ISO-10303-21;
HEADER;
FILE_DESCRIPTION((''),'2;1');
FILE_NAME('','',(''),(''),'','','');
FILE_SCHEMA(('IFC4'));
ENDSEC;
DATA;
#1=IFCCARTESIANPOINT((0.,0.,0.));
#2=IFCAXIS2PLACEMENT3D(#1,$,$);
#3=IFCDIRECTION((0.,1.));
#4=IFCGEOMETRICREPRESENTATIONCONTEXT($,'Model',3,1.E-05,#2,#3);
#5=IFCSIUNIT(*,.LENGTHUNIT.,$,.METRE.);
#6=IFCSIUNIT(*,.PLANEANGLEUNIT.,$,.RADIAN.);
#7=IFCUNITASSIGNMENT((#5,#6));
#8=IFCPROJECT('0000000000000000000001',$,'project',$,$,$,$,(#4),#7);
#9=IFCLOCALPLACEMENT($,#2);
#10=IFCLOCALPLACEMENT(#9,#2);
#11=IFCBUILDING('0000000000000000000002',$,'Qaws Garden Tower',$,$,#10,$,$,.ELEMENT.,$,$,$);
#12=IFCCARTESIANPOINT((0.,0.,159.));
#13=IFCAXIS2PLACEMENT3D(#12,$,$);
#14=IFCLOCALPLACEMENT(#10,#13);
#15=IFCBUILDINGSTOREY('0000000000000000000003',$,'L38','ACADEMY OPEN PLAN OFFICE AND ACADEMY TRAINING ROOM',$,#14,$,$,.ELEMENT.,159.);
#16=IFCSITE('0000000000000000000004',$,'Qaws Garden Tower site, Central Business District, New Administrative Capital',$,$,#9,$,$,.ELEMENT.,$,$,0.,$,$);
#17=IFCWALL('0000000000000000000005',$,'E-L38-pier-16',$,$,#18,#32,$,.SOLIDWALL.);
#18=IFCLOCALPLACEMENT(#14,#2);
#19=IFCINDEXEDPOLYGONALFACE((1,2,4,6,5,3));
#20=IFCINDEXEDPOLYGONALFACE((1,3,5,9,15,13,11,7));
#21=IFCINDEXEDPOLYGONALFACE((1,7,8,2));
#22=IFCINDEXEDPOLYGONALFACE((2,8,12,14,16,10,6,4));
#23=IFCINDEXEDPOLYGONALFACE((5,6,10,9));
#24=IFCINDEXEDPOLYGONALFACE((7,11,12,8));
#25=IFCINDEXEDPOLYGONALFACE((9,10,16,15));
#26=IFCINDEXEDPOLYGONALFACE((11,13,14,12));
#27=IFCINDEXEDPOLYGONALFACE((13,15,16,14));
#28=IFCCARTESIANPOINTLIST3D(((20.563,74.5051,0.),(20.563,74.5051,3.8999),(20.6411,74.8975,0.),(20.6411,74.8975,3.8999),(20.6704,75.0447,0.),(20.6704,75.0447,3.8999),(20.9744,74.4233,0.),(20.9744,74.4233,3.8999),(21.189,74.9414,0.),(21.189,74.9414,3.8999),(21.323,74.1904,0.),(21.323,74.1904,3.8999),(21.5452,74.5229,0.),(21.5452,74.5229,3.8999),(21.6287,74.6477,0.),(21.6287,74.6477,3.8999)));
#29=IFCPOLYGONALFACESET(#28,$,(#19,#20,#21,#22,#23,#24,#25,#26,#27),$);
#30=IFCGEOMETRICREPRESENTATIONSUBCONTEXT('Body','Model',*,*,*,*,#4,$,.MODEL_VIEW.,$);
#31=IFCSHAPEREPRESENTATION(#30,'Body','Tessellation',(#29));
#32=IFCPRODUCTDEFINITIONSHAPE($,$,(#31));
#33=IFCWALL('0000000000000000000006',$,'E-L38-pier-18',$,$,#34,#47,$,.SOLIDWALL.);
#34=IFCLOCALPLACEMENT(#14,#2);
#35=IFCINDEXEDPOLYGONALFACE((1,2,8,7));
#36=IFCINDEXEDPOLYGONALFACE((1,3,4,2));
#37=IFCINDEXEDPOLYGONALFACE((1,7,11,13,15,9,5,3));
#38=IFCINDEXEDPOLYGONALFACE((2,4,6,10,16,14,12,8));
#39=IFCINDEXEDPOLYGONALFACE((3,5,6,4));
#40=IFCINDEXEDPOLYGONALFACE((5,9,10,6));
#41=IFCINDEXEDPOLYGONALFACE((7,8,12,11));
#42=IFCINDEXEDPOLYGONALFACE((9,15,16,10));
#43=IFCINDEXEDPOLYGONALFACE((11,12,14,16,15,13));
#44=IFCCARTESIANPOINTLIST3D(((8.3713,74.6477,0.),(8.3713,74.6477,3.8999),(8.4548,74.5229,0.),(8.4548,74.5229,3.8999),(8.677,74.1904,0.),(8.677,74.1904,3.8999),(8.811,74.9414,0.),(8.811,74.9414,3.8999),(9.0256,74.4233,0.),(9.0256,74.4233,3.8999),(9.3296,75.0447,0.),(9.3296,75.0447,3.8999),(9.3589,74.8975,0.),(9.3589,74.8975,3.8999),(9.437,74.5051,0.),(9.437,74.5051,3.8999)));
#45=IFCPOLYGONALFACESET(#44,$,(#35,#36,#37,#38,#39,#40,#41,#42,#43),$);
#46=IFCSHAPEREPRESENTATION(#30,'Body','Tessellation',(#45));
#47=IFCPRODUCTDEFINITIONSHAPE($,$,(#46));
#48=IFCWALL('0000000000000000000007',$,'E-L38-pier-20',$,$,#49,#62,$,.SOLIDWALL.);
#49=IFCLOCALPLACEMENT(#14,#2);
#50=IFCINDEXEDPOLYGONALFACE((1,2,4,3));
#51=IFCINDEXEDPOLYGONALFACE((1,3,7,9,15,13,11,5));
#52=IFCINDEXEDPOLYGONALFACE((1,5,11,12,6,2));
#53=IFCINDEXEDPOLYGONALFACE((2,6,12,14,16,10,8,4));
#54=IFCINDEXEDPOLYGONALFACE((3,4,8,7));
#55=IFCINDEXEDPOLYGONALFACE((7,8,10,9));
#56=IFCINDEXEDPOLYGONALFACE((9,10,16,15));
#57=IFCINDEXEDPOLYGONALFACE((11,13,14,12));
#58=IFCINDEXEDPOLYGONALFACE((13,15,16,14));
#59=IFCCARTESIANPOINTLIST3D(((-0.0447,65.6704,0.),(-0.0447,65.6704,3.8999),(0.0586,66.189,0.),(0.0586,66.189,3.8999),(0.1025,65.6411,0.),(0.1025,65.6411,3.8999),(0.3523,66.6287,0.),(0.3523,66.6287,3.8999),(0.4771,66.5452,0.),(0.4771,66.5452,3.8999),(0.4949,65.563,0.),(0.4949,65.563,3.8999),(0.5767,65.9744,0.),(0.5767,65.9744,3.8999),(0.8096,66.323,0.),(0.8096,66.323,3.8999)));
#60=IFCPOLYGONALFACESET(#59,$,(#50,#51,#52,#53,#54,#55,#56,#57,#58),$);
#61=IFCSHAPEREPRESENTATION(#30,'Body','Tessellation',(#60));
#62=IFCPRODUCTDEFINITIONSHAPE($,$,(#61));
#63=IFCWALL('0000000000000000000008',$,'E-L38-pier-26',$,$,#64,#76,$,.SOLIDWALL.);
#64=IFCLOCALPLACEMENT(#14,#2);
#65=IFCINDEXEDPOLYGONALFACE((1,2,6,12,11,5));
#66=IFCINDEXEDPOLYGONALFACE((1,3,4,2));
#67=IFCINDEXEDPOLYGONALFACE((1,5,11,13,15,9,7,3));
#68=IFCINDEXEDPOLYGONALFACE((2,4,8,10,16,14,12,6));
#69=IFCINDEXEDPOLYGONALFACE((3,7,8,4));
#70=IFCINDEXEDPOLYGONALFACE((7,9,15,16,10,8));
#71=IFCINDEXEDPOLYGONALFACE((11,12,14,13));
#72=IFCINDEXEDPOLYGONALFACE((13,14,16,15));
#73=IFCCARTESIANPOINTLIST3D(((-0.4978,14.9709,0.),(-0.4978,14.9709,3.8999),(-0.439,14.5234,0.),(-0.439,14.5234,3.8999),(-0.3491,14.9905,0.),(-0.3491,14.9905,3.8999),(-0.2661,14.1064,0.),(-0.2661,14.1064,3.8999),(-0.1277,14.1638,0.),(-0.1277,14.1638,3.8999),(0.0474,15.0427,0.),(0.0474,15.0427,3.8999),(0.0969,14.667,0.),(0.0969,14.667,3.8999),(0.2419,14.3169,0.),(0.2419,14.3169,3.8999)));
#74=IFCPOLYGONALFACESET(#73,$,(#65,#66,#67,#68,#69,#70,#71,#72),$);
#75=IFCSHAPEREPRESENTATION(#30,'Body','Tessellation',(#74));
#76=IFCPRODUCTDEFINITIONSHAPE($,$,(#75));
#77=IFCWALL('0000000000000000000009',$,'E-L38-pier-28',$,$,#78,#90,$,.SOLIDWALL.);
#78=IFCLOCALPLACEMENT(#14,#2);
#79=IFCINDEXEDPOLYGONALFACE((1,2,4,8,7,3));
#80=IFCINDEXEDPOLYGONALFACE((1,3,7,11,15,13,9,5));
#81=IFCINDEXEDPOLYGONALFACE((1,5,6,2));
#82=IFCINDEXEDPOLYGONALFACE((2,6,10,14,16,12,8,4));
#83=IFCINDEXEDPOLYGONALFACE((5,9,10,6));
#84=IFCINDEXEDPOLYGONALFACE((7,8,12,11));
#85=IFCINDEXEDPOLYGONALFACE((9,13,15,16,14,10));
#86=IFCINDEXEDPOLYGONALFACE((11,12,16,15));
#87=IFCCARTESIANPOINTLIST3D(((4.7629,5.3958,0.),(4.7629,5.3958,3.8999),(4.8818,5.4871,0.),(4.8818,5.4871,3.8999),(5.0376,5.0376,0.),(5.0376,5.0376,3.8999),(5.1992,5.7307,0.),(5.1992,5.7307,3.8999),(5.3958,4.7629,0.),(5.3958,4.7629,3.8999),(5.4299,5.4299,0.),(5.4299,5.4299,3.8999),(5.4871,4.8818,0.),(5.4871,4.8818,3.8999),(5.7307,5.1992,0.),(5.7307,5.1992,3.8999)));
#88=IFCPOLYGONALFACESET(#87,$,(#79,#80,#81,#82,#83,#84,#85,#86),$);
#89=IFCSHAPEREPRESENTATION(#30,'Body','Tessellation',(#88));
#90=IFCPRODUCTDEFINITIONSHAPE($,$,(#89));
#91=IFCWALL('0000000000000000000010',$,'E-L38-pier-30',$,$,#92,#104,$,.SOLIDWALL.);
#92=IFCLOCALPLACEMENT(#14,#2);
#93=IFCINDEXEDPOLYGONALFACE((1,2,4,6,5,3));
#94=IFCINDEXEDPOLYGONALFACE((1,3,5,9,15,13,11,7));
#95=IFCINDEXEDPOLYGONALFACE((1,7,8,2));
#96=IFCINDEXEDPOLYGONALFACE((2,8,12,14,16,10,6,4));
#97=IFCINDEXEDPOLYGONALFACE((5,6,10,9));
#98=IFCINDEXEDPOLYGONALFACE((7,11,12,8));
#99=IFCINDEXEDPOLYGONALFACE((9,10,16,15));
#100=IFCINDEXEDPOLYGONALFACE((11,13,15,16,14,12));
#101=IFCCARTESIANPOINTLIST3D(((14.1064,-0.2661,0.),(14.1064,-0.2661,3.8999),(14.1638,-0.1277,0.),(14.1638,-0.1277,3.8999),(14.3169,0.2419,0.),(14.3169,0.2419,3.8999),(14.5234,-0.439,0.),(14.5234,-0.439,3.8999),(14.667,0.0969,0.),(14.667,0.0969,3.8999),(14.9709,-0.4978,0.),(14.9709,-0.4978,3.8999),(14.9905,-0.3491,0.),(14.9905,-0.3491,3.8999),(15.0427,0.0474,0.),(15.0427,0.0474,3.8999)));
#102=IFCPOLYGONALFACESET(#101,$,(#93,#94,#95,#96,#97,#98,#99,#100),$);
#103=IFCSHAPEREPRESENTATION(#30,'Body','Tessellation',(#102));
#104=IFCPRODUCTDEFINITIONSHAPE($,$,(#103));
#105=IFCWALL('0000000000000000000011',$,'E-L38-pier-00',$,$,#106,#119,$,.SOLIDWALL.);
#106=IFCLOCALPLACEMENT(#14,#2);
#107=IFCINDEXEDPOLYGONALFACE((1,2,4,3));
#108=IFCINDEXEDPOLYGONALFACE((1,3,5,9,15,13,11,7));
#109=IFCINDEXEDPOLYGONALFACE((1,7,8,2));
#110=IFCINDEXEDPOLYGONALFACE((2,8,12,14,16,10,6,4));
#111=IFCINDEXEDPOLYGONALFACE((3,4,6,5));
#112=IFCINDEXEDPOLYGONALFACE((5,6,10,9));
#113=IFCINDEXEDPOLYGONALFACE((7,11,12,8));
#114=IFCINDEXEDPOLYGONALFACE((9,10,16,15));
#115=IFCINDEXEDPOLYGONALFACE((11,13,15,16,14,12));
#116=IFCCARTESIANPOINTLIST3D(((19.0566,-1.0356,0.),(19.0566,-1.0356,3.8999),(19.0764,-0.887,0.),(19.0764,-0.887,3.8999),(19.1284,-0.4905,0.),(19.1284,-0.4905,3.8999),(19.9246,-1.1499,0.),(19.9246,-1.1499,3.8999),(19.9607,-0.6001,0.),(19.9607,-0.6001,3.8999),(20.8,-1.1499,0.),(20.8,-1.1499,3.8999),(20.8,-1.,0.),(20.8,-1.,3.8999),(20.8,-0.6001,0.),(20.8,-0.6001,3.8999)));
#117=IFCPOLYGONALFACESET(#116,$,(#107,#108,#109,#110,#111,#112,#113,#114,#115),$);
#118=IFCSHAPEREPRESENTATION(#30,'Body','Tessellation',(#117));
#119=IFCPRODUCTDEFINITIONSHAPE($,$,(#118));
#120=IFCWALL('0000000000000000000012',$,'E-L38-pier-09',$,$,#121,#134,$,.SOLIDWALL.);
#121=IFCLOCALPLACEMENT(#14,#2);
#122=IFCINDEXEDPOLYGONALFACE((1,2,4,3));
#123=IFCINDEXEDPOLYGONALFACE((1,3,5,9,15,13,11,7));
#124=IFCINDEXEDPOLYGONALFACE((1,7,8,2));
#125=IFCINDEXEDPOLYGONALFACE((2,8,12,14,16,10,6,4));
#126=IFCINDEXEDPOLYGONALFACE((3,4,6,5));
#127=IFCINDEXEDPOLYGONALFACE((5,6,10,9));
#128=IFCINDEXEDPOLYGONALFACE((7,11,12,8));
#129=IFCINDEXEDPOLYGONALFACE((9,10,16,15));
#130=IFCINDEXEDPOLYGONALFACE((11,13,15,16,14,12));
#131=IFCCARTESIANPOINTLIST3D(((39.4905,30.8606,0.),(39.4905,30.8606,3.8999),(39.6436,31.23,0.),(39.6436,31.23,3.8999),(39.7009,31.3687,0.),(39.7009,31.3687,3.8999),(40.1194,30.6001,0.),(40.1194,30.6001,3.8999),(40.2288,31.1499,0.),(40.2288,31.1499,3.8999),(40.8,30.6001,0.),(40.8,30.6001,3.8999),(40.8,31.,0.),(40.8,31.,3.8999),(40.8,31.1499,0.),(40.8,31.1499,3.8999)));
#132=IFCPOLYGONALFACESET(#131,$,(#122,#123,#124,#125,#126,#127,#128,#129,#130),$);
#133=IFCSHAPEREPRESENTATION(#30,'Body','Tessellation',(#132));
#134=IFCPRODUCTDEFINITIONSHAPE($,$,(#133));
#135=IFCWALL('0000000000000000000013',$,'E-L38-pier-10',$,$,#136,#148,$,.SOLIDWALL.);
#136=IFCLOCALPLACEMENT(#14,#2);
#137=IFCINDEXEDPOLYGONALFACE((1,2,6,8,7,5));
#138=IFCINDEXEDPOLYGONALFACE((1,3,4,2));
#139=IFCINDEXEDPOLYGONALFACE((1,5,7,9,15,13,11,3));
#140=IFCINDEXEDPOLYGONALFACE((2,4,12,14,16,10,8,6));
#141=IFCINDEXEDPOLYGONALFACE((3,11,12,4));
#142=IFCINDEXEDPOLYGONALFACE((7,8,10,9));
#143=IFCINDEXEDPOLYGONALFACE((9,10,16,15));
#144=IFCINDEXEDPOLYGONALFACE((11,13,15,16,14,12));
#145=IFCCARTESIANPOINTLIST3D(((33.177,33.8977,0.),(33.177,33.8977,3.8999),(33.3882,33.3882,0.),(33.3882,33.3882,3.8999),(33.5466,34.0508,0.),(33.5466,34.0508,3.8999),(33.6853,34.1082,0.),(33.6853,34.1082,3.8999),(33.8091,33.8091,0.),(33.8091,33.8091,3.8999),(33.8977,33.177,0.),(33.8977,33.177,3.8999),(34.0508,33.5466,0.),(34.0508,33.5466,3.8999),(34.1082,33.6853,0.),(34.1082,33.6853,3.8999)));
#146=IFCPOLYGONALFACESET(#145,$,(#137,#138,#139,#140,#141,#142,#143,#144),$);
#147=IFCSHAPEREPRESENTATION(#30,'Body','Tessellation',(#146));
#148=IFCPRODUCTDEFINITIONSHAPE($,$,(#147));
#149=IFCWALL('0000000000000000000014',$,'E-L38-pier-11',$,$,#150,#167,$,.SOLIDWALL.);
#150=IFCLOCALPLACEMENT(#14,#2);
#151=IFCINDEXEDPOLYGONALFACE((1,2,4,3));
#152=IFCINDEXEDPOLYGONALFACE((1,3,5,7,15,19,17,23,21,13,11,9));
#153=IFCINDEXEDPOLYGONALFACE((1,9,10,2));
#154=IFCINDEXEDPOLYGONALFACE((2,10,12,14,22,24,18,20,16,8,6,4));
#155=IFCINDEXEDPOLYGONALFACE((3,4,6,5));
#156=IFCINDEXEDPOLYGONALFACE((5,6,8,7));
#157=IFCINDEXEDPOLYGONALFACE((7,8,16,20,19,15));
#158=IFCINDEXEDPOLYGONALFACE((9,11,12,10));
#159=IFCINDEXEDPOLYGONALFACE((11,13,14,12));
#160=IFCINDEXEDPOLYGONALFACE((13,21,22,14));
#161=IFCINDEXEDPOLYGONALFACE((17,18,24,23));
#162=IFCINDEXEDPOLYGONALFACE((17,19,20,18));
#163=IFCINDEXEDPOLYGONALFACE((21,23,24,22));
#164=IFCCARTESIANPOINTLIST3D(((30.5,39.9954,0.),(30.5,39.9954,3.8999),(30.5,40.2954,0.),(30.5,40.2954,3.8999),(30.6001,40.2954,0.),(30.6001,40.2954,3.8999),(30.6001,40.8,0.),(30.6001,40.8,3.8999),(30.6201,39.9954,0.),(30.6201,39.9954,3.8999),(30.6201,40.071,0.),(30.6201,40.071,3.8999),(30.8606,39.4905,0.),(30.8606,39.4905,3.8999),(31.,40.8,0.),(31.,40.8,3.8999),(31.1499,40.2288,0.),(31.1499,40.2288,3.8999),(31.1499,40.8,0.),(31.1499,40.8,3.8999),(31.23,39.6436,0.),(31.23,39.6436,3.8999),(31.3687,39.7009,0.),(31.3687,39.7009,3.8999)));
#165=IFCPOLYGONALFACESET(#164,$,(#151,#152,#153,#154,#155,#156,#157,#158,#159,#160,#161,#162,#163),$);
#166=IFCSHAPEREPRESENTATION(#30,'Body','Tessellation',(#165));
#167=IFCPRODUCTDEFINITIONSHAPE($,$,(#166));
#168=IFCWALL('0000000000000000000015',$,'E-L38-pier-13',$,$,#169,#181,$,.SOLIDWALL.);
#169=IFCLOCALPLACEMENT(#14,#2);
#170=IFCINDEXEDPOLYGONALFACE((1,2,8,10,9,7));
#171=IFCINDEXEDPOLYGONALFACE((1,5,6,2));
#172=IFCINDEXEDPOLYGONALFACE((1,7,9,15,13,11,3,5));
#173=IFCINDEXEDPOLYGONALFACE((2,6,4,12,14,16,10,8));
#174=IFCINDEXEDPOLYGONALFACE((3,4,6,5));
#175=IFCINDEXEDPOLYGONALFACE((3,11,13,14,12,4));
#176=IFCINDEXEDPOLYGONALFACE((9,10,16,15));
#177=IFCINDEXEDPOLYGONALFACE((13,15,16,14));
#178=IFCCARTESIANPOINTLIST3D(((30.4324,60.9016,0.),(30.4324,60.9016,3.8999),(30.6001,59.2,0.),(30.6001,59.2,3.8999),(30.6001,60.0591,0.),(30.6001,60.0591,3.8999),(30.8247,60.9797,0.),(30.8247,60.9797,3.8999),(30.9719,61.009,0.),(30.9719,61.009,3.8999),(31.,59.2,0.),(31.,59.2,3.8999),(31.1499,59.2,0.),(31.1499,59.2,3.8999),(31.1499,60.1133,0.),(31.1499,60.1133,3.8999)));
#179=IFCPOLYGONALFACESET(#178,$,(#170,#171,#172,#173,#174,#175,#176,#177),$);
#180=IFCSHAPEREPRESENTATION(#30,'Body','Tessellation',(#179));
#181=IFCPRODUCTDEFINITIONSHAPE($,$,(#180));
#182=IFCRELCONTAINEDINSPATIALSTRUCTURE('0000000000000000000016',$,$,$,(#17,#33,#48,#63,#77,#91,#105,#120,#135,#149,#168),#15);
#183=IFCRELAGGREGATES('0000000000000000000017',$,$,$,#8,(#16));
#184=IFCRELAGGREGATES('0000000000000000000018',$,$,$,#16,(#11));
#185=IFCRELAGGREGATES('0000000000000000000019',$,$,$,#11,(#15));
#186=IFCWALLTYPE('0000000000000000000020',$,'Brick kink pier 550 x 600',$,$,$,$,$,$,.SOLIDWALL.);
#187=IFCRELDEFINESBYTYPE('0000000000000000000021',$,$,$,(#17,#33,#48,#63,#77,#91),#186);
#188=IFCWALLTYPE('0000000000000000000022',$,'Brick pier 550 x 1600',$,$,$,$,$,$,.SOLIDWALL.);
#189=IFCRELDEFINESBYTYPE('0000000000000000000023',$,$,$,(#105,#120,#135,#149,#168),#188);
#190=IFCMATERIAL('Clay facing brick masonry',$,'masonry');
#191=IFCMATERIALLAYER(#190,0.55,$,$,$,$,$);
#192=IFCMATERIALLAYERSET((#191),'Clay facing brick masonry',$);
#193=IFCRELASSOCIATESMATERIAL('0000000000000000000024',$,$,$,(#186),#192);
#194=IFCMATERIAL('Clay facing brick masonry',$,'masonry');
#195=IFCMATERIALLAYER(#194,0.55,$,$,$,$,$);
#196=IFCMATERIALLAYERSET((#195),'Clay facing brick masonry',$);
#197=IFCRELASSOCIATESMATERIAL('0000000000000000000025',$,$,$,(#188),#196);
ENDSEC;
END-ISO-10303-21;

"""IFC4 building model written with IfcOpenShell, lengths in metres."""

from ifc_helpers import new_model, si_unit, direction, frame, origin, place, context, subcontext, project, spatial, polyline, outline, extrude, material, layer, layer_set, type_object, element, save


model = new_model("IFC4")

# Units and contexts
model_context = context("Model", 3, precision=1e-05, world=origin(), true_north=direction((0.0, 1.0)))
body_context = subcontext(model_context, "Body", "Model", "MODEL_VIEW")
ifc_project = project(units=[si_unit("LENGTHUNIT", "METRE"), si_unit("PLANEANGLEUNIT", "RADIAN")], contexts=[model_context])

# Site, building, storey
site_placement = place(None, origin())
site = spatial("IfcSite", under=ifc_project, at=site_placement, Name="Qaws Garden Tower site, Central Business District, New Administrative Capital", CompositionType="ELEMENT", RefElevation=0.0)
building_placement = place(site_placement, origin())
building = spatial("IfcBuilding", under=site, at=building_placement, Name="Qaws Garden Tower", CompositionType="ELEMENT")
storey_placement = place(building_placement, frame((0.0, 0.0, 159.0)))
storey = spatial("IfcBuildingStorey", under=building, at=storey_placement, Name="L38", Description="ACADEMY OPEN PLAN OFFICE AND ACADEMY TRAINING ROOM", CompositionType="ELEMENT", Elevation=159.0)

# Walls
placement = place(storey_placement, origin())
ifc_material_1 = material(Name="Clay facing brick masonry", Category="masonry")
ifc_layer_1 = layer(ifc_material_1, 0.55)
ifc_layer_set_1 = layer_set([ifc_layer_1], Name="Clay facing brick masonry")
wall_type_1 = type_object("IfcWallType", Name="Brick kink pier 550 x 600", PredefinedType="SOLIDWALL", material=ifc_layer_set_1)
element("IfcWall", 1, at=placement, inside=storey, type_object=wall_type_1, Name="E-L38-pier-16", PredefinedType="SOLIDWALL", context=body_context, shape_type="SweptSolid", body=[
    extrude(outline(polyline([(21.5452, 74.5229), (21.6287, 74.6477), (21.189, 74.9414), (20.6704, 75.0447), (20.6411, 74.8975), (20.563, 74.5051), (20.9744, 74.4233), (21.323, 74.1904), (21.5452, 74.5229)])), origin(), (0.0, 0.0, 1.0), 3.8999),
])
element("IfcWall", 2, at=placement, inside=storey, type_object=wall_type_1, Name="E-L38-pier-18", PredefinedType="SOLIDWALL", context=body_context, shape_type="SweptSolid", body=[
    extrude(outline(polyline([(9.3589, 74.8975), (9.3296, 75.0447), (8.811, 74.9414), (8.3713, 74.6477), (8.4548, 74.5229), (8.677, 74.1904), (9.0256, 74.4233), (9.437, 74.5051), (9.3589, 74.8975)])), origin(), (0.0, 0.0, 1.0), 3.8999),
])
element("IfcWall", 3, at=placement, inside=storey, type_object=wall_type_1, Name="E-L38-pier-20", PredefinedType="SOLIDWALL", context=body_context, shape_type="SweptSolid", body=[
    extrude(outline(polyline([(0.4771, 66.5452), (0.3523, 66.6287), (0.0586, 66.189), (-0.0447, 65.6704), (0.1025, 65.6411), (0.4949, 65.563), (0.5767, 65.9744), (0.8096, 66.323), (0.4771, 66.5452)])), origin(), (0.0, 0.0, 1.0), 3.8999),
])
element("IfcWall", 4, at=placement, inside=storey, type_object=wall_type_1, Name="E-L38-pier-26", PredefinedType="SOLIDWALL", context=body_context, shape_type="SweptSolid", body=[
    extrude(outline(polyline([(-0.3491, 14.9905), (-0.4978, 14.9709), (-0.439, 14.5234), (-0.2661, 14.1064), (-0.1277, 14.1638), (0.2419, 14.3169), (0.0969, 14.667), (0.0474, 15.0427), (-0.3491, 14.9905)])), origin(), (0.0, 0.0, 1.0), 3.8999),
])
element("IfcWall", 5, at=placement, inside=storey, type_object=wall_type_1, Name="E-L38-pier-28", PredefinedType="SOLIDWALL", context=body_context, shape_type="SweptSolid", body=[
    extrude(outline(polyline([(4.8818, 5.4871), (4.7629, 5.3958), (5.0376, 5.0376), (5.3958, 4.7629), (5.4871, 4.8818), (5.7307, 5.1992), (5.4299, 5.4299), (5.1992, 5.7307), (4.8818, 5.4871)])), origin(), (0.0, 0.0, 1.0), 3.8999),
])
element("IfcWall", 6, at=placement, inside=storey, type_object=wall_type_1, Name="E-L38-pier-30", PredefinedType="SOLIDWALL", context=body_context, shape_type="SweptSolid", body=[
    extrude(outline(polyline([(14.1638, -0.1277), (14.1064, -0.2661), (14.5234, -0.439), (14.9709, -0.4978), (14.9905, -0.3491), (15.0427, 0.0474), (14.667, 0.0969), (14.3169, 0.2419), (14.1638, -0.1277)])), origin(), (0.0, 0.0, 1.0), 3.8999),
])
ifc_material_2 = material(Name="Clay facing brick masonry", Category="masonry")
ifc_layer_2 = layer(ifc_material_2, 0.55)
ifc_layer_set_2 = layer_set([ifc_layer_2], Name="Clay facing brick masonry")
wall_type_2 = type_object("IfcWallType", Name="Brick pier 550 x 1600", PredefinedType="SOLIDWALL", material=ifc_layer_set_2)
element("IfcWall", 7, at=placement, inside=storey, type_object=wall_type_2, Name="E-L38-pier-00", PredefinedType="SOLIDWALL", context=body_context, shape_type="SweptSolid", body=[
    extrude(outline(polyline([(19.0764, -0.887), (19.0566, -1.0356), (19.9246, -1.1499), (20.8, -1.1499), (20.8, -1.0), (20.8, -0.6001), (19.9607, -0.6001), (19.1284, -0.4905), (19.0764, -0.887)])), origin(), (0.0, 0.0, 1.0), 3.8999),
])
element("IfcWall", 8, at=placement, inside=storey, type_object=wall_type_2, Name="E-L38-pier-09", PredefinedType="SOLIDWALL", context=body_context, shape_type="SweptSolid", body=[
    extrude(outline(polyline([(40.8, 31.0), (40.8, 31.1499), (40.2288, 31.1499), (39.7009, 31.3687), (39.6436, 31.23), (39.4905, 30.8606), (40.1194, 30.6001), (40.8, 30.6001), (40.8, 31.0)])), origin(), (0.0, 0.0, 1.0), 3.8999),
])
element("IfcWall", 9, at=placement, inside=storey, type_object=wall_type_2, Name="E-L38-pier-10", PredefinedType="SOLIDWALL", context=body_context, shape_type="SweptSolid", body=[
    extrude(outline(polyline([(34.0508, 33.5466), (34.1082, 33.6853), (33.8091, 33.8091), (33.6853, 34.1082), (33.5466, 34.0508), (33.177, 33.8977), (33.3882, 33.3882), (33.8977, 33.177), (34.0508, 33.5466)])), origin(), (0.0, 0.0, 1.0), 3.8999),
])
element("IfcWall", 10, at=placement, inside=storey, type_object=wall_type_2, Name="E-L38-pier-11", PredefinedType="SOLIDWALL", context=body_context, shape_type="SweptSolid", body=[
    extrude(outline(polyline([(30.6201, 39.9954), (30.6201, 40.071), (30.8606, 39.4905), (31.23, 39.6436), (31.3687, 39.7009), (31.1499, 40.2288), (31.1499, 40.8), (31.0, 40.8), (30.6001, 40.8), (30.6001, 40.2954), (30.5, 40.2954), (30.5, 39.9954), (30.6201, 39.9954)])), origin(), (0.0, 0.0, 1.0), 3.8999),
])
element("IfcWall", 11, at=placement, inside=storey, type_object=wall_type_2, Name="E-L38-pier-13", PredefinedType="SOLIDWALL", context=body_context, shape_type="SweptSolid", body=[
    extrude(outline(polyline([(31.0, 59.2), (31.1499, 59.2), (31.1499, 60.1133), (30.9719, 61.009), (30.8247, 60.9797), (30.4324, 60.9016), (30.6001, 60.0591), (30.6001, 59.2), (31.0, 59.2)])), origin(), (0.0, 0.0, 1.0), 3.8999),
])

save(model, "model.ifc")
